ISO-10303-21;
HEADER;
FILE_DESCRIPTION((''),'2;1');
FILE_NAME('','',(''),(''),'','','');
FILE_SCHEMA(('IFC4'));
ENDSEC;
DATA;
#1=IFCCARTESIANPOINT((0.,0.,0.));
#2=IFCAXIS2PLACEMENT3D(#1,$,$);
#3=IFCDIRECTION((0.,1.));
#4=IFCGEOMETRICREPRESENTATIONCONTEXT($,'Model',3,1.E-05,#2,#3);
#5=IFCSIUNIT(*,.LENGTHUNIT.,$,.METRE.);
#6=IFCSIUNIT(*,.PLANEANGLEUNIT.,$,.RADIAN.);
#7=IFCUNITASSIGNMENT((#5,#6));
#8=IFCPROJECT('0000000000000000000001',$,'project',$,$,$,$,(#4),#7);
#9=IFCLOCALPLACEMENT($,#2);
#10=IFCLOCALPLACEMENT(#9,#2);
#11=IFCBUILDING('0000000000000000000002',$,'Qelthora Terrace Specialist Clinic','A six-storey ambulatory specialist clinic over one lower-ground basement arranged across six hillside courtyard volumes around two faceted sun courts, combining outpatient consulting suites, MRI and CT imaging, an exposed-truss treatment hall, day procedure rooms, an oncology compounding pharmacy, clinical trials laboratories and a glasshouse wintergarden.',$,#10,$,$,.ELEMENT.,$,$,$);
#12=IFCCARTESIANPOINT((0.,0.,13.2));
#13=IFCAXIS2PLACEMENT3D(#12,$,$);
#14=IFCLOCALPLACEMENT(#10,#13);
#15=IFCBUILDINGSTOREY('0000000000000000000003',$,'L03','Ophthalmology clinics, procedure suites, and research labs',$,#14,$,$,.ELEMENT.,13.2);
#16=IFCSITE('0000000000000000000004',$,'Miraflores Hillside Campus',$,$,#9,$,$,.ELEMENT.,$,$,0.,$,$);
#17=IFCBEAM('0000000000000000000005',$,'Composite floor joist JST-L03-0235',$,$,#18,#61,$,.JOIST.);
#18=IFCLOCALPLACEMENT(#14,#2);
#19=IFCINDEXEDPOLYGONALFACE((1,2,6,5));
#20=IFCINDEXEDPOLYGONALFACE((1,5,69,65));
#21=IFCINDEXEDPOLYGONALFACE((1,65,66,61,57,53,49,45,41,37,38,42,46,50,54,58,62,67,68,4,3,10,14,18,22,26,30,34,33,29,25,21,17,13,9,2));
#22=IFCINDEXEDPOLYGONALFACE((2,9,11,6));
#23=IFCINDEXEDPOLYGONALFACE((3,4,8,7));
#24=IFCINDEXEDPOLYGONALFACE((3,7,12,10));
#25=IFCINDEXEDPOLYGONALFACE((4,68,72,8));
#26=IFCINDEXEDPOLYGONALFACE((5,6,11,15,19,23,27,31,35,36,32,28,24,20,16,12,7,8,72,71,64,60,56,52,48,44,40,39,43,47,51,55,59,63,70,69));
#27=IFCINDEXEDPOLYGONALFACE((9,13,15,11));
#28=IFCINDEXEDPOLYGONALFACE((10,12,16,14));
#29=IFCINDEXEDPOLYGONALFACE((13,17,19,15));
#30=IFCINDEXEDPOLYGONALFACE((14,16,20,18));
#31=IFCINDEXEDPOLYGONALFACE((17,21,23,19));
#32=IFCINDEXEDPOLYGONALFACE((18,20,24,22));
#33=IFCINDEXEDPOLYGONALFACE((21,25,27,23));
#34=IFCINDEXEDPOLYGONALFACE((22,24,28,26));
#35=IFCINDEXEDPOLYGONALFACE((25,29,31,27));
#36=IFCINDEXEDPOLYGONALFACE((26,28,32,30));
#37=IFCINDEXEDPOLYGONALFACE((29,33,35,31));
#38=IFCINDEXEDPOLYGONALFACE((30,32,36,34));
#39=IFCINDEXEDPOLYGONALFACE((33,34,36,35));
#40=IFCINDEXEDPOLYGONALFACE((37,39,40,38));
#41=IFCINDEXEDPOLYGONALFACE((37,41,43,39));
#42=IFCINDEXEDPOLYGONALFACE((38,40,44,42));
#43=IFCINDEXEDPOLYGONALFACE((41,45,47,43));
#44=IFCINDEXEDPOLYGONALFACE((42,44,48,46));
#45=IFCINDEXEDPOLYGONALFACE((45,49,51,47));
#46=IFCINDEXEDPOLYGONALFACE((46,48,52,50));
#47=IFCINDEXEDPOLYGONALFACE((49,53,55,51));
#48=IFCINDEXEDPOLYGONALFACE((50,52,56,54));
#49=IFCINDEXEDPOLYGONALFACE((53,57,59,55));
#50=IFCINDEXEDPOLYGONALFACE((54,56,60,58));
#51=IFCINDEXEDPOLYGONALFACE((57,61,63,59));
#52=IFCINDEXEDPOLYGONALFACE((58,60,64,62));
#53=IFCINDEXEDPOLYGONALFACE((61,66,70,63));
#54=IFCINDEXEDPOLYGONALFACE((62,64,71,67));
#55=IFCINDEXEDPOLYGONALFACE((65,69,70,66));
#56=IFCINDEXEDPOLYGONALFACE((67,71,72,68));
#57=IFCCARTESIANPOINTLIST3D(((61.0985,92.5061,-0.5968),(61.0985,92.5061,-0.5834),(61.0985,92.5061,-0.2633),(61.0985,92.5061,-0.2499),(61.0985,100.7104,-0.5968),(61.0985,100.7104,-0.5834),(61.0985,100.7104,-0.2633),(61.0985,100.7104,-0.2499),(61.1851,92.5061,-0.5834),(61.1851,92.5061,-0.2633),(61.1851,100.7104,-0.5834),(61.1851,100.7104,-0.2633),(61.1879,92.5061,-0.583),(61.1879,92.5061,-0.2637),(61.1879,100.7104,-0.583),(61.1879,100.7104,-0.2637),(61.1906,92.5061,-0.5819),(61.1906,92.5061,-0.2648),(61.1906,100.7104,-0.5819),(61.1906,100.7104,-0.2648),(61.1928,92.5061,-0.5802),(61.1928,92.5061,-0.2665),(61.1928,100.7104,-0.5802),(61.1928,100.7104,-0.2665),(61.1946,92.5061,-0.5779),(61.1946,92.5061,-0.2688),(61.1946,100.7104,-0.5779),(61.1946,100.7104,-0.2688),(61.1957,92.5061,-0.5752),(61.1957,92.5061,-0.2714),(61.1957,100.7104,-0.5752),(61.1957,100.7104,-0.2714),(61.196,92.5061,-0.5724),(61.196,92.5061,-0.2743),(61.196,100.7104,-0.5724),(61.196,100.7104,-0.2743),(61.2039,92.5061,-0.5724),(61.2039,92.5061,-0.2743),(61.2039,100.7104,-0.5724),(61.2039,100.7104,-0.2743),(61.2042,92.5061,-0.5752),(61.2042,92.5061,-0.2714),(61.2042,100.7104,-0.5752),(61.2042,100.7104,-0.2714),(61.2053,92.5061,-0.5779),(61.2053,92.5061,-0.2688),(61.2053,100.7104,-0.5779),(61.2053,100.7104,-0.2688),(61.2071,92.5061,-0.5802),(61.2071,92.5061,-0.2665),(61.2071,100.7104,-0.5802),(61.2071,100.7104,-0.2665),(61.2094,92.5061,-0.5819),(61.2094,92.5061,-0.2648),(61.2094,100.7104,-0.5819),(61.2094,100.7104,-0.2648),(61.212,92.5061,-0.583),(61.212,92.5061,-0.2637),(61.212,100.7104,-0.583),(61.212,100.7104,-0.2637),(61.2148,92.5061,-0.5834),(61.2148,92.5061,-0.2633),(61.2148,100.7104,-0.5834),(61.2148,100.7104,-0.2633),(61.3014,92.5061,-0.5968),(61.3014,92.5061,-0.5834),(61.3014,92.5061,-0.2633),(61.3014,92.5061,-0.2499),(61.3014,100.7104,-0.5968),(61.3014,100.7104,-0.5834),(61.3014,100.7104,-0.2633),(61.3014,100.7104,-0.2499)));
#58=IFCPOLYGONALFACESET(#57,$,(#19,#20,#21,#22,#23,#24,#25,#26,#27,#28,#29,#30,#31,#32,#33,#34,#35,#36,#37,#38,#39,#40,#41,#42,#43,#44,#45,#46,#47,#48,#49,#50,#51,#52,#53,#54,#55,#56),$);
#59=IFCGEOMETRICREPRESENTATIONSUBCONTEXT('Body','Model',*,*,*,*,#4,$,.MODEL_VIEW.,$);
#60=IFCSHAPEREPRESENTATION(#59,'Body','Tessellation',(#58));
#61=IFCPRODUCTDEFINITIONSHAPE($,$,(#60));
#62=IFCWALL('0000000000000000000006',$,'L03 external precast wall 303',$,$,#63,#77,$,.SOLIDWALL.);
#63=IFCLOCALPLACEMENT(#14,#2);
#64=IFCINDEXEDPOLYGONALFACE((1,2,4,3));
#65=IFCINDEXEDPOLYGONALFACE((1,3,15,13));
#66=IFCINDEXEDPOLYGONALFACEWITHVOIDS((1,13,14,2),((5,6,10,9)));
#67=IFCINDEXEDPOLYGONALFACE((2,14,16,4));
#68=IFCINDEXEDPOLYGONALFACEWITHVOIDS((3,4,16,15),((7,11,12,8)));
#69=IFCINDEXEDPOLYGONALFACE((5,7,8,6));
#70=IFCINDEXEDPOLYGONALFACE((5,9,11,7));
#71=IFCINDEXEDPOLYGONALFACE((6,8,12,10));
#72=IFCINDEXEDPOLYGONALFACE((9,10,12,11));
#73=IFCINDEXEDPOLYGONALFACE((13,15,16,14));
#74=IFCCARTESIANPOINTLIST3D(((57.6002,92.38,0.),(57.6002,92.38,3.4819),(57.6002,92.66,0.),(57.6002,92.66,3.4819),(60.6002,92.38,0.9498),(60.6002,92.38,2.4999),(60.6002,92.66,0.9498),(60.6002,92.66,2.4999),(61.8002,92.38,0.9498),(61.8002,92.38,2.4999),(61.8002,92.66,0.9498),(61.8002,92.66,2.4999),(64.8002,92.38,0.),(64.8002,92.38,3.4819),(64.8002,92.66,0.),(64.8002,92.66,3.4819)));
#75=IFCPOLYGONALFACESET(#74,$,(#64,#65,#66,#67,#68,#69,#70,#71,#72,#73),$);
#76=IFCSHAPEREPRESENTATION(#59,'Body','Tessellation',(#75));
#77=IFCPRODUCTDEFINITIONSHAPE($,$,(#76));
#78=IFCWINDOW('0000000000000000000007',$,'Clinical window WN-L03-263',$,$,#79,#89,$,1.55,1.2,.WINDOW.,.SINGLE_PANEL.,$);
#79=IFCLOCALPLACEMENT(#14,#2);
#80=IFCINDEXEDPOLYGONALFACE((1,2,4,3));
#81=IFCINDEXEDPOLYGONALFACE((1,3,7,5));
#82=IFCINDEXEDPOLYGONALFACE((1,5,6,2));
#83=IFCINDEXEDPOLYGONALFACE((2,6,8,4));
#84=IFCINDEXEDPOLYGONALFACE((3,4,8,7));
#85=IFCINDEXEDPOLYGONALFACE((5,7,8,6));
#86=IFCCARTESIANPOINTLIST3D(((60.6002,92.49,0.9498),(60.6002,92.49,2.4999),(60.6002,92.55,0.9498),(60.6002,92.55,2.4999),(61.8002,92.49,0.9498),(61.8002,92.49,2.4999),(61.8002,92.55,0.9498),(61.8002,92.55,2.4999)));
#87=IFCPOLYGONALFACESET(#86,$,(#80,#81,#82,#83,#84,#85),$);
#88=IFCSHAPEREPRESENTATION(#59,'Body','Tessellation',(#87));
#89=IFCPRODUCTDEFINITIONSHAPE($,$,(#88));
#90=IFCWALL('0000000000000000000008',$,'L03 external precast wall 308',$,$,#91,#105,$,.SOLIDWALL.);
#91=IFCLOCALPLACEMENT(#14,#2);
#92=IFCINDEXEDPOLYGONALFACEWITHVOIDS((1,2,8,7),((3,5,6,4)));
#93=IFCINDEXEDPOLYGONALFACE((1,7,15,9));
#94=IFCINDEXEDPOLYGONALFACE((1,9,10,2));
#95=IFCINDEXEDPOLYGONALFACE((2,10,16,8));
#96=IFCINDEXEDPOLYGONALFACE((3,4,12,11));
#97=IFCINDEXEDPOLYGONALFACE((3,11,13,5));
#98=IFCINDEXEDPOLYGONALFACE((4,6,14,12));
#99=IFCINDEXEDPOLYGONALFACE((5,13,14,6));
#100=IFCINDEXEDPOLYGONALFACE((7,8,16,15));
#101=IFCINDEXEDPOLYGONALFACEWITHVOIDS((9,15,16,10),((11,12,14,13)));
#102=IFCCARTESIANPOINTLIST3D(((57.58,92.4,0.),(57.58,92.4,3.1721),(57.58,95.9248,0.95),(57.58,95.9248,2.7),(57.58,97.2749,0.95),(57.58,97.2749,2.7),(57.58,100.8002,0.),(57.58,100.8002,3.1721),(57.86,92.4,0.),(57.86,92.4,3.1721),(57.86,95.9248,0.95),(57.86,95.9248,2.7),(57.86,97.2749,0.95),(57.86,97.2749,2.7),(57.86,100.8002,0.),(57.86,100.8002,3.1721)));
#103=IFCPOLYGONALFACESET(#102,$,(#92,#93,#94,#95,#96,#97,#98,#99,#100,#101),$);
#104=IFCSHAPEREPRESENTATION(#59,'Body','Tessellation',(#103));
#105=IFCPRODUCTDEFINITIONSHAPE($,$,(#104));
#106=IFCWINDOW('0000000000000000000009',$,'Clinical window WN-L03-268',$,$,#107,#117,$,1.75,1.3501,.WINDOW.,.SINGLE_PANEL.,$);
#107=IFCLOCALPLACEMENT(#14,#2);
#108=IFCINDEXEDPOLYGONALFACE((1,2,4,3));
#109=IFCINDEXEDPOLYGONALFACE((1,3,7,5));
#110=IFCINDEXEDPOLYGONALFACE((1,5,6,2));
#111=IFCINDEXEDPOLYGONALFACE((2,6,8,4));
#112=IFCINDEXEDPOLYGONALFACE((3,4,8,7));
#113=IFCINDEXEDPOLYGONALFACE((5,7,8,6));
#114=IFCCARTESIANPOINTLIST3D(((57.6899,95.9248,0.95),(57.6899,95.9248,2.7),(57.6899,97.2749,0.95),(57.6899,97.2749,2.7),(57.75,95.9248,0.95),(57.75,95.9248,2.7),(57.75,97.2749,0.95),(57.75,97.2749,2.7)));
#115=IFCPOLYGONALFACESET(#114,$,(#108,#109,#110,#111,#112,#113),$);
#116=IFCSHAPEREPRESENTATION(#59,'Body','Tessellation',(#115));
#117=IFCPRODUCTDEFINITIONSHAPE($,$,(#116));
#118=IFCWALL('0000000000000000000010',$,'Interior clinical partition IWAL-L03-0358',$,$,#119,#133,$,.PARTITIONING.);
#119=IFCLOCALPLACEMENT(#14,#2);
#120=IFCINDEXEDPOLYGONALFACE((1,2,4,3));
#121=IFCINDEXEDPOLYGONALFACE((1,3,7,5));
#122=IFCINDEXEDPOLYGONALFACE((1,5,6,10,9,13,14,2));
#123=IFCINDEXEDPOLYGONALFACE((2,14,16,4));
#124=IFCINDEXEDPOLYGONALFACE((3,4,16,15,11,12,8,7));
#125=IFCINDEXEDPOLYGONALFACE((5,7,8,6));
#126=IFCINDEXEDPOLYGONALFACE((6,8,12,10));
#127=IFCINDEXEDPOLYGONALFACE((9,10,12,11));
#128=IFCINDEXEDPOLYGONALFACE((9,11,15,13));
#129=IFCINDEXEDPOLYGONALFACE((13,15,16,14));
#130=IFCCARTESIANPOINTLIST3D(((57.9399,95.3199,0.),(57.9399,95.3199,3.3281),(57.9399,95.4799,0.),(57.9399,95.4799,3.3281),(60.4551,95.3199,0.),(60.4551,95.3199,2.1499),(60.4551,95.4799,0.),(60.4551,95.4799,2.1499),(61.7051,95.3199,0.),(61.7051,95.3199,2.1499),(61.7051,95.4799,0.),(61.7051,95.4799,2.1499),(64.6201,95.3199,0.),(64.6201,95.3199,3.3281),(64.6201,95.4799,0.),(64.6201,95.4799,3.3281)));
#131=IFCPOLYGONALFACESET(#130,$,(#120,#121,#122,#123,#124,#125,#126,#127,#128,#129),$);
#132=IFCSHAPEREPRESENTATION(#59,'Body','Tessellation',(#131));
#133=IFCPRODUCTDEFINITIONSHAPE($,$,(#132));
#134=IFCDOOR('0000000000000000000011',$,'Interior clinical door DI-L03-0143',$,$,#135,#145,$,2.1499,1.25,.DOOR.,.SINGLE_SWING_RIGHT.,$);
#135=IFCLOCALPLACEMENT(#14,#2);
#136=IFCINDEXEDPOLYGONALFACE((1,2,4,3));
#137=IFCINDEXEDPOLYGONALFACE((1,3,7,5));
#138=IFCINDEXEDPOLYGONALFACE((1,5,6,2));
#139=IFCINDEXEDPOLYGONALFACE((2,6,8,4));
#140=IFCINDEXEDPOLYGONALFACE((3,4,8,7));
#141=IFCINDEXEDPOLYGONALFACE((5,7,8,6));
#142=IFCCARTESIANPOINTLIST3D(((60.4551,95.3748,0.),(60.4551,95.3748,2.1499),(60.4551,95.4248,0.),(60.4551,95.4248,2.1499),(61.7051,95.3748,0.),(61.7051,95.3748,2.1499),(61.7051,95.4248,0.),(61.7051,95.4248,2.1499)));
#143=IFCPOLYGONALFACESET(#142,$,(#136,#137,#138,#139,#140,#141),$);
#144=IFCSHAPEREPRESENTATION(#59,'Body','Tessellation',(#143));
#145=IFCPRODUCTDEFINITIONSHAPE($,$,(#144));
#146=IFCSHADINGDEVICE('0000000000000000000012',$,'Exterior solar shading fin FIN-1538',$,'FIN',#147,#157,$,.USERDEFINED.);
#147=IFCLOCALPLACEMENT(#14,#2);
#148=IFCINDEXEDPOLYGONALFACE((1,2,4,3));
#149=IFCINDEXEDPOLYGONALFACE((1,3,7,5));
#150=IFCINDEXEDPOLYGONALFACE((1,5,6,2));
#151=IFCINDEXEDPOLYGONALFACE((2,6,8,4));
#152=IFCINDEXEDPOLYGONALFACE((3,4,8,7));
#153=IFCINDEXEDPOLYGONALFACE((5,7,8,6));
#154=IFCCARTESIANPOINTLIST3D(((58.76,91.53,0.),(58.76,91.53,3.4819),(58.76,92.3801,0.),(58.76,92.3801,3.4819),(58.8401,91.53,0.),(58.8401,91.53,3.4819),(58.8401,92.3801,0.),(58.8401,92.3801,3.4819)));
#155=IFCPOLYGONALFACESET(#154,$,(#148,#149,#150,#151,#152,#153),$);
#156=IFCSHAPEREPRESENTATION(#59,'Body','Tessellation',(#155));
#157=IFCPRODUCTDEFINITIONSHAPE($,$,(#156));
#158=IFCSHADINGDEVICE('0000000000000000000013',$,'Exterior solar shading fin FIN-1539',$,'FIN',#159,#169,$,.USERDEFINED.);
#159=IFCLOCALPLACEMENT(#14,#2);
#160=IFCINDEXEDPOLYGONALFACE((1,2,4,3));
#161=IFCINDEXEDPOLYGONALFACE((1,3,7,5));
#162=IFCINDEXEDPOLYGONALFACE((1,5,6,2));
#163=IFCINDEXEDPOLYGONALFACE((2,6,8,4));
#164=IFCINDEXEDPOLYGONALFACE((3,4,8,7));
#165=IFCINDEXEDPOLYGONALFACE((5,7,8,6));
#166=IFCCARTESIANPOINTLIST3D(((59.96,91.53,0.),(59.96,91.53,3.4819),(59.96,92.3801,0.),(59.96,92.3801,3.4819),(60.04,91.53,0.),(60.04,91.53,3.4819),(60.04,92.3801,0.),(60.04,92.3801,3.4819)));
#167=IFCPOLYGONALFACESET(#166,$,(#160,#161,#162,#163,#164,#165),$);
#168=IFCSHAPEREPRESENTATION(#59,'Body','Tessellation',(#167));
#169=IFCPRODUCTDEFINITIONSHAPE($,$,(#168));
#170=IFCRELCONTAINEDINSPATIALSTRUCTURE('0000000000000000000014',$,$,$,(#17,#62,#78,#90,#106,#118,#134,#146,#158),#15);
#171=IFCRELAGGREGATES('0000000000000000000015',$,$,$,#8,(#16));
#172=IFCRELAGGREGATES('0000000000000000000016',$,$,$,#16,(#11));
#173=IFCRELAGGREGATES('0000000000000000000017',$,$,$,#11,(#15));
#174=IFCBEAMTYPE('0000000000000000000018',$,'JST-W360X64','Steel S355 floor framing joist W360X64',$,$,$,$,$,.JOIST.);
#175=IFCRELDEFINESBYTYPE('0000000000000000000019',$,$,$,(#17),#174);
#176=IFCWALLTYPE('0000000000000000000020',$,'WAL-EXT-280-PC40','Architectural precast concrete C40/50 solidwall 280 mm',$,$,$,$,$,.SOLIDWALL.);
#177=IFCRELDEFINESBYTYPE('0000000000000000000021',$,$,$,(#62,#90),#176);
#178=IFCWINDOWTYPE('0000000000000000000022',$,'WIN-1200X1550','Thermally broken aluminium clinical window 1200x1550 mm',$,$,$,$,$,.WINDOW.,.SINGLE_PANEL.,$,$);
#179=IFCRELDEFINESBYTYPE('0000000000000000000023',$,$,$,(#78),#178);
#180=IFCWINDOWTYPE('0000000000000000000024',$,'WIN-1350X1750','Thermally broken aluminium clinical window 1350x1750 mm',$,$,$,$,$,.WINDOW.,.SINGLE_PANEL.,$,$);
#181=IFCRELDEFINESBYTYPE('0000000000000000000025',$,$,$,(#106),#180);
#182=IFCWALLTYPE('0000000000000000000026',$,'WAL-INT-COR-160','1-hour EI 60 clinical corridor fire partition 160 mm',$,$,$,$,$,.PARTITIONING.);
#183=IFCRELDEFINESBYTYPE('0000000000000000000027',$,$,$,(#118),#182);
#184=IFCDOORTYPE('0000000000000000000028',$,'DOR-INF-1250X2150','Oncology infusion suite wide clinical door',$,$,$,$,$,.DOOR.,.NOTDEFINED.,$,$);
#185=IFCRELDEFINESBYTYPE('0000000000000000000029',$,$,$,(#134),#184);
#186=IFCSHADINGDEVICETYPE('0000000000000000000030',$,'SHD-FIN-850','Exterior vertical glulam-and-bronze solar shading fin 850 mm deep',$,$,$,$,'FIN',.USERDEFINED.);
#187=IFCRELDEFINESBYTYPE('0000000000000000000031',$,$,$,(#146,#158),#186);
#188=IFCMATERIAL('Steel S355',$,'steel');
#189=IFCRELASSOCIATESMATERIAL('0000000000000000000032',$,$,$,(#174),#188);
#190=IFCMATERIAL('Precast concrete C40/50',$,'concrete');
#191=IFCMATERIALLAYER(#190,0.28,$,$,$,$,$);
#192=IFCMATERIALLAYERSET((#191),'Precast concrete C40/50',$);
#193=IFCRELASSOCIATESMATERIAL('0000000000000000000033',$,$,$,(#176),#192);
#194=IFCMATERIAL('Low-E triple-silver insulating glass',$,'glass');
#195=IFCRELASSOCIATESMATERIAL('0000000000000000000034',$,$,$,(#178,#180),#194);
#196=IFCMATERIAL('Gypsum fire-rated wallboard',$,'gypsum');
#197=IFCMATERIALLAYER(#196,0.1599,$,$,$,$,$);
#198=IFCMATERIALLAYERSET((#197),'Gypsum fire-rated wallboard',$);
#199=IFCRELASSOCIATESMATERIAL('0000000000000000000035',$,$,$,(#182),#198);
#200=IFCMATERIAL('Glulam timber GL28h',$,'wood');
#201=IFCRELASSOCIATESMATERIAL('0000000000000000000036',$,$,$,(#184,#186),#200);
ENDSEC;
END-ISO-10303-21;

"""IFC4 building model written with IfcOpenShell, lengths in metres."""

from ifc_helpers import new_model, si_unit, direction, frame, frame_2d, origin, origin_2d, place, context, subcontext, project, spatial, rectangle, i_section, extrude, material, layer, layer_set, material_profile, profile_set, type_object, element, fill, save


model = new_model("IFC4")

# Units and contexts
model_context = context("Model", 3, precision=1e-05, world=origin(), true_north=direction((0.0, 1.0)))
body_context = subcontext(model_context, "Body", "Model", "MODEL_VIEW")
ifc_project = project(units=[si_unit("LENGTHUNIT", "METRE"), si_unit("PLANEANGLEUNIT", "RADIAN")], contexts=[model_context])

# Site, building, storey
site_placement = place(None, origin())
site = spatial("IfcSite", under=ifc_project, at=site_placement, Name="Miraflores Hillside Campus", CompositionType="ELEMENT", RefElevation=0.0)
building_placement = place(site_placement, origin())
building = spatial("IfcBuilding", under=site, at=building_placement, Name="Qelthora Terrace Specialist Clinic", Description="A six-storey ambulatory specialist clinic over one lower-ground basement arranged across six hillside courtyard volumes around two faceted sun courts, combining outpatient consulting suites, MRI and CT imaging, an exposed-truss treatment hall, day procedure rooms, an oncology compounding pharmacy, clinical trials laboratories and a glasshouse wintergarden.", CompositionType="ELEMENT")
storey_placement = place(building_placement, frame((0.0, 0.0, 13.2)))
storey = spatial("IfcBuildingStorey", under=building, at=storey_placement, Name="L03", Description="Ophthalmology clinics, procedure suites, and research labs", CompositionType="ELEMENT", Elevation=13.2)

# Shared definitions
ifc_material_1 = material(Name="Steel S355", Category="steel")

# Beam
ifc_material_profile_1 = material_profile(ifc_material_1, i_section(OverallWidth=0.2029, OverallDepth=0.3469, WebThickness=0.0078, FlangeThickness=0.0134, FilletRadius=0.011, at=origin_2d()), Name="W360X64")
ifc_profile_set_1 = profile_set([ifc_material_profile_1], Name="Steel S355")
beam_type_1 = type_object("IfcBeamType", Name="JST-W360X64", Description="Steel S355 floor framing joist W360X64", PredefinedType="JOIST", material=ifc_profile_set_1)
beam_1_placement = place(storey_placement, frame((61.2, 92.5061, -0.4233), z_axis=(0.0, 1.0, 0.0), x_axis=(-1.0, 0.0, 0.0)))
element("IfcBeam", 1, at=beam_1_placement, inside=storey, type_object=beam_type_1, Name="Composite floor joist JST-L03-0235", PredefinedType="JOIST", context=body_context, shape_type="SweptSolid", body=[
    extrude(i_section(OverallWidth=0.2029, OverallDepth=0.3469, WebThickness=0.0078, FlangeThickness=0.0134, FilletRadius=0.011, at=origin_2d()), origin(), (0.0, 0.0, 1.0), 8.2043),
])

# Walls, openings, windows
ifc_material_2 = material(Name="Precast concrete C40/50", Category="concrete")
ifc_layer_1 = layer(ifc_material_2, 0.28)
ifc_layer_set_1 = layer_set([ifc_layer_1], Name="Precast concrete C40/50")
wall_type_1 = type_object("IfcWallType", Name="WAL-EXT-280-PC40", Description="Architectural precast concrete C40/50 solidwall 280 mm", PredefinedType="SOLIDWALL", material=ifc_layer_set_1)
wall_1_placement = place(storey_placement, frame((57.6001, 92.52, 0.0), z_axis=(0.0, 0.0, 1.0), x_axis=(1.0, 0.0, 0.0)))
wall_1 = element("IfcWall", 2, at=wall_1_placement, inside=storey, type_object=wall_type_1, Name="L03 external precast wall 303", PredefinedType="SOLIDWALL", context=body_context, shape_type="SweptSolid", body=[
    extrude(rectangle(XDim=7.2, YDim=0.28, at=frame_2d((3.6001, 0.0))), origin(), (0.0, 0.0, 1.0), 3.4819),
])
opening_1_placement = place(wall_1_placement, frame((3.0, 0.0, 0.95)))
opening_1 = element("IfcOpeningElement", 3, at=opening_1_placement, cuts=wall_1, PredefinedType="OPENING", context=body_context, shape_type="SweptSolid", body=[
    extrude(rectangle(XDim=1.2, YDim=1.55, at=frame_2d((0.6001, 0.7749))), frame((0.0, 0.1499, 0.0), z_axis=(0.0, -1.0, 0.0), x_axis=(1.0, 0.0, 0.0)), (0.0, 0.0, 1.0), 0.3),
])
ifc_material_3 = material(Name="Low-E triple-silver insulating glass", Category="glass")
window_type_1 = type_object("IfcWindowType", Name="WIN-1200X1550", Description="Thermally broken aluminium clinical window 1200x1550 mm", PartitioningType="SINGLE_PANEL", PredefinedType="WINDOW", material=ifc_material_3)
window_1_placement = place(opening_1_placement, origin())
window_1 = element("IfcWindow", 4, at=window_1_placement, inside=storey, type_object=window_type_1, Name="Clinical window WN-L03-263", OverallHeight=1.55, OverallWidth=1.2, PartitioningType="SINGLE_PANEL", PredefinedType="WINDOW", context=body_context, shape_type="SweptSolid", body=[
    extrude(rectangle(XDim=1.2, YDim=1.55, at=frame_2d((0.6001, 0.7749))), frame((0.0, 0.03, 0.0), z_axis=(0.0, -1.0, 0.0), x_axis=(1.0, 0.0, 0.0)), (0.0, 0.0, 1.0), 0.0601),
])
fill(opening_1, window_1)
wall_2_placement = place(storey_placement, frame((57.72, 92.3999, 0.0), z_axis=(0.0, 0.0, 1.0), x_axis=(0.0, 1.0, 0.0)))
wall_2 = element("IfcWall", 5, at=wall_2_placement, inside=storey, type_object=wall_type_1, Name="L03 external precast wall 308", PredefinedType="SOLIDWALL", context=body_context, shape_type="SweptSolid", body=[
    extrude(rectangle(XDim=8.4001, YDim=0.28, at=frame_2d((4.2002, 0.0))), origin(), (0.0, 0.0, 1.0), 3.1721),
])
opening_2_placement = place(wall_2_placement, frame((3.5249, 0.0, 0.95)))
opening_2 = element("IfcOpeningElement", 6, at=opening_2_placement, cuts=wall_2, PredefinedType="OPENING", context=body_context, shape_type="SweptSolid", body=[
    extrude(rectangle(XDim=1.3501, YDim=1.75, at=frame_2d((0.675, 0.875))), frame((0.0, 0.1499, 0.0), z_axis=(0.0, -1.0, 0.0), x_axis=(1.0, 0.0, 0.0)), (0.0, 0.0, 1.0), 0.3),
])
window_type_2 = type_object("IfcWindowType", Name="WIN-1350X1750", Description="Thermally broken aluminium clinical window 1350x1750 mm", PartitioningType="SINGLE_PANEL", PredefinedType="WINDOW", material=ifc_material_3)
window_2_placement = place(opening_2_placement, origin())
window_2 = element("IfcWindow", 7, at=window_2_placement, inside=storey, type_object=window_type_2, Name="Clinical window WN-L03-268", OverallHeight=1.75, OverallWidth=1.3501, PartitioningType="SINGLE_PANEL", PredefinedType="WINDOW", context=body_context, shape_type="SweptSolid", body=[
    extrude(rectangle(XDim=1.3501, YDim=1.75, at=frame_2d((0.675, 0.875))), frame((0.0, 0.03, 0.0), z_axis=(0.0, -1.0, 0.0), x_axis=(1.0, 0.0, 0.0)), (0.0, 0.0, 1.0), 0.0601),
])
fill(opening_2, window_2)

# Wall, opening, door
ifc_material_4 = material(Name="Gypsum fire-rated wallboard", Category="gypsum")
ifc_layer_2 = layer(ifc_material_4, 0.1599)
ifc_layer_set_2 = layer_set([ifc_layer_2], Name="Gypsum fire-rated wallboard")
wall_type_2 = type_object("IfcWallType", Name="WAL-INT-COR-160", Description="1-hour EI 60 clinical corridor fire partition 160 mm", PredefinedType="PARTITIONING", material=ifc_layer_set_2)
wall_3_placement = place(storey_placement, frame((64.6201, 95.3999, 0.0), z_axis=(0.0, 0.0, 1.0), x_axis=(-1.0, 0.0, 0.0)))
wall_3 = element("IfcWall", 8, at=wall_3_placement, inside=storey, type_object=wall_type_2, Name="Interior clinical partition IWAL-L03-0358", PredefinedType="PARTITIONING", context=body_context, shape_type="SweptSolid", body=[
    extrude(rectangle(XDim=6.6802, YDim=0.1599, at=frame_2d((3.3401, 0.0))), origin(), (0.0, 0.0, 1.0), 3.3281),
])
opening_3_placement = place(wall_3_placement, frame((2.915, 0.0, 0.0)))
opening_3 = element("IfcOpeningElement", 9, at=opening_3_placement, cuts=wall_3, PredefinedType="OPENING", context=body_context, shape_type="SweptSolid", body=[
    extrude(rectangle(XDim=1.25, YDim=2.1499, at=frame_2d((0.625, 1.075))), frame((0.0, 0.0898, 0.0), z_axis=(0.0, -1.0, 0.0), x_axis=(1.0, 0.0, 0.0)), (0.0, 0.0, 1.0), 0.1799),
])
ifc_material_5 = material(Name="Glulam timber GL28h", Category="wood")
door_type = type_object("IfcDoorType", Name="DOR-INF-1250X2150", Description="Oncology infusion suite wide clinical door", OperationType="NOTDEFINED", PredefinedType="DOOR", material=ifc_material_5)
door_placement = place(opening_3_placement, frame((1.25, 0.0, 0.0), z_axis=(0.0, 0.0, 1.0), x_axis=(-1.0, 0.0, 0.0)))
door = element("IfcDoor", 10, at=door_placement, inside=storey, type_object=door_type, Name="Interior clinical door DI-L03-0143", OperationType="SINGLE_SWING_RIGHT", OverallHeight=2.1499, OverallWidth=1.25, PredefinedType="DOOR", context=body_context, shape_type="SweptSolid", body=[
    extrude(rectangle(XDim=1.25, YDim=2.1499, at=frame_2d((0.625, 1.075))), frame((0.0, 0.0249, 0.0), z_axis=(0.0, -1.0, 0.0), x_axis=(1.0, 0.0, 0.0)), (0.0, 0.0, 1.0), 0.05),
])
fill(opening_3, door)

# Shading devices
shading_device_type = type_object("IfcShadingDeviceType", Name="SHD-FIN-850", Description="Exterior vertical glulam-and-bronze solar shading fin 850 mm deep", ElementType="FIN", PredefinedType="USERDEFINED", material=ifc_material_5)
for number, where, z_axis, x_axis, name in (
    (11, (58.8, 91.9551, 0.0), (0.0, 0.0, 1.0), (0.0, -1.0, 0.0), "Exterior solar shading fin FIN-1538"),
    (12, (60.0, 91.9551, 0.0), (0.0, 0.0, 1.0), (0.0, -1.0, 0.0), "Exterior solar shading fin FIN-1539"),
):
    element("IfcShadingDevice", number, at=place(storey_placement, frame(where, z_axis=z_axis, x_axis=x_axis)), inside=storey, type_object=shading_device_type, Name=name, ObjectType="FIN", PredefinedType="USERDEFINED", context=body_context, shape_type="SweptSolid", body=[
        extrude(rectangle(XDim=0.8501, YDim=0.0801, at=origin_2d()), origin(), (0.0, 0.0, 1.0), 3.4819),
    ])

save(model, "model.ifc")
